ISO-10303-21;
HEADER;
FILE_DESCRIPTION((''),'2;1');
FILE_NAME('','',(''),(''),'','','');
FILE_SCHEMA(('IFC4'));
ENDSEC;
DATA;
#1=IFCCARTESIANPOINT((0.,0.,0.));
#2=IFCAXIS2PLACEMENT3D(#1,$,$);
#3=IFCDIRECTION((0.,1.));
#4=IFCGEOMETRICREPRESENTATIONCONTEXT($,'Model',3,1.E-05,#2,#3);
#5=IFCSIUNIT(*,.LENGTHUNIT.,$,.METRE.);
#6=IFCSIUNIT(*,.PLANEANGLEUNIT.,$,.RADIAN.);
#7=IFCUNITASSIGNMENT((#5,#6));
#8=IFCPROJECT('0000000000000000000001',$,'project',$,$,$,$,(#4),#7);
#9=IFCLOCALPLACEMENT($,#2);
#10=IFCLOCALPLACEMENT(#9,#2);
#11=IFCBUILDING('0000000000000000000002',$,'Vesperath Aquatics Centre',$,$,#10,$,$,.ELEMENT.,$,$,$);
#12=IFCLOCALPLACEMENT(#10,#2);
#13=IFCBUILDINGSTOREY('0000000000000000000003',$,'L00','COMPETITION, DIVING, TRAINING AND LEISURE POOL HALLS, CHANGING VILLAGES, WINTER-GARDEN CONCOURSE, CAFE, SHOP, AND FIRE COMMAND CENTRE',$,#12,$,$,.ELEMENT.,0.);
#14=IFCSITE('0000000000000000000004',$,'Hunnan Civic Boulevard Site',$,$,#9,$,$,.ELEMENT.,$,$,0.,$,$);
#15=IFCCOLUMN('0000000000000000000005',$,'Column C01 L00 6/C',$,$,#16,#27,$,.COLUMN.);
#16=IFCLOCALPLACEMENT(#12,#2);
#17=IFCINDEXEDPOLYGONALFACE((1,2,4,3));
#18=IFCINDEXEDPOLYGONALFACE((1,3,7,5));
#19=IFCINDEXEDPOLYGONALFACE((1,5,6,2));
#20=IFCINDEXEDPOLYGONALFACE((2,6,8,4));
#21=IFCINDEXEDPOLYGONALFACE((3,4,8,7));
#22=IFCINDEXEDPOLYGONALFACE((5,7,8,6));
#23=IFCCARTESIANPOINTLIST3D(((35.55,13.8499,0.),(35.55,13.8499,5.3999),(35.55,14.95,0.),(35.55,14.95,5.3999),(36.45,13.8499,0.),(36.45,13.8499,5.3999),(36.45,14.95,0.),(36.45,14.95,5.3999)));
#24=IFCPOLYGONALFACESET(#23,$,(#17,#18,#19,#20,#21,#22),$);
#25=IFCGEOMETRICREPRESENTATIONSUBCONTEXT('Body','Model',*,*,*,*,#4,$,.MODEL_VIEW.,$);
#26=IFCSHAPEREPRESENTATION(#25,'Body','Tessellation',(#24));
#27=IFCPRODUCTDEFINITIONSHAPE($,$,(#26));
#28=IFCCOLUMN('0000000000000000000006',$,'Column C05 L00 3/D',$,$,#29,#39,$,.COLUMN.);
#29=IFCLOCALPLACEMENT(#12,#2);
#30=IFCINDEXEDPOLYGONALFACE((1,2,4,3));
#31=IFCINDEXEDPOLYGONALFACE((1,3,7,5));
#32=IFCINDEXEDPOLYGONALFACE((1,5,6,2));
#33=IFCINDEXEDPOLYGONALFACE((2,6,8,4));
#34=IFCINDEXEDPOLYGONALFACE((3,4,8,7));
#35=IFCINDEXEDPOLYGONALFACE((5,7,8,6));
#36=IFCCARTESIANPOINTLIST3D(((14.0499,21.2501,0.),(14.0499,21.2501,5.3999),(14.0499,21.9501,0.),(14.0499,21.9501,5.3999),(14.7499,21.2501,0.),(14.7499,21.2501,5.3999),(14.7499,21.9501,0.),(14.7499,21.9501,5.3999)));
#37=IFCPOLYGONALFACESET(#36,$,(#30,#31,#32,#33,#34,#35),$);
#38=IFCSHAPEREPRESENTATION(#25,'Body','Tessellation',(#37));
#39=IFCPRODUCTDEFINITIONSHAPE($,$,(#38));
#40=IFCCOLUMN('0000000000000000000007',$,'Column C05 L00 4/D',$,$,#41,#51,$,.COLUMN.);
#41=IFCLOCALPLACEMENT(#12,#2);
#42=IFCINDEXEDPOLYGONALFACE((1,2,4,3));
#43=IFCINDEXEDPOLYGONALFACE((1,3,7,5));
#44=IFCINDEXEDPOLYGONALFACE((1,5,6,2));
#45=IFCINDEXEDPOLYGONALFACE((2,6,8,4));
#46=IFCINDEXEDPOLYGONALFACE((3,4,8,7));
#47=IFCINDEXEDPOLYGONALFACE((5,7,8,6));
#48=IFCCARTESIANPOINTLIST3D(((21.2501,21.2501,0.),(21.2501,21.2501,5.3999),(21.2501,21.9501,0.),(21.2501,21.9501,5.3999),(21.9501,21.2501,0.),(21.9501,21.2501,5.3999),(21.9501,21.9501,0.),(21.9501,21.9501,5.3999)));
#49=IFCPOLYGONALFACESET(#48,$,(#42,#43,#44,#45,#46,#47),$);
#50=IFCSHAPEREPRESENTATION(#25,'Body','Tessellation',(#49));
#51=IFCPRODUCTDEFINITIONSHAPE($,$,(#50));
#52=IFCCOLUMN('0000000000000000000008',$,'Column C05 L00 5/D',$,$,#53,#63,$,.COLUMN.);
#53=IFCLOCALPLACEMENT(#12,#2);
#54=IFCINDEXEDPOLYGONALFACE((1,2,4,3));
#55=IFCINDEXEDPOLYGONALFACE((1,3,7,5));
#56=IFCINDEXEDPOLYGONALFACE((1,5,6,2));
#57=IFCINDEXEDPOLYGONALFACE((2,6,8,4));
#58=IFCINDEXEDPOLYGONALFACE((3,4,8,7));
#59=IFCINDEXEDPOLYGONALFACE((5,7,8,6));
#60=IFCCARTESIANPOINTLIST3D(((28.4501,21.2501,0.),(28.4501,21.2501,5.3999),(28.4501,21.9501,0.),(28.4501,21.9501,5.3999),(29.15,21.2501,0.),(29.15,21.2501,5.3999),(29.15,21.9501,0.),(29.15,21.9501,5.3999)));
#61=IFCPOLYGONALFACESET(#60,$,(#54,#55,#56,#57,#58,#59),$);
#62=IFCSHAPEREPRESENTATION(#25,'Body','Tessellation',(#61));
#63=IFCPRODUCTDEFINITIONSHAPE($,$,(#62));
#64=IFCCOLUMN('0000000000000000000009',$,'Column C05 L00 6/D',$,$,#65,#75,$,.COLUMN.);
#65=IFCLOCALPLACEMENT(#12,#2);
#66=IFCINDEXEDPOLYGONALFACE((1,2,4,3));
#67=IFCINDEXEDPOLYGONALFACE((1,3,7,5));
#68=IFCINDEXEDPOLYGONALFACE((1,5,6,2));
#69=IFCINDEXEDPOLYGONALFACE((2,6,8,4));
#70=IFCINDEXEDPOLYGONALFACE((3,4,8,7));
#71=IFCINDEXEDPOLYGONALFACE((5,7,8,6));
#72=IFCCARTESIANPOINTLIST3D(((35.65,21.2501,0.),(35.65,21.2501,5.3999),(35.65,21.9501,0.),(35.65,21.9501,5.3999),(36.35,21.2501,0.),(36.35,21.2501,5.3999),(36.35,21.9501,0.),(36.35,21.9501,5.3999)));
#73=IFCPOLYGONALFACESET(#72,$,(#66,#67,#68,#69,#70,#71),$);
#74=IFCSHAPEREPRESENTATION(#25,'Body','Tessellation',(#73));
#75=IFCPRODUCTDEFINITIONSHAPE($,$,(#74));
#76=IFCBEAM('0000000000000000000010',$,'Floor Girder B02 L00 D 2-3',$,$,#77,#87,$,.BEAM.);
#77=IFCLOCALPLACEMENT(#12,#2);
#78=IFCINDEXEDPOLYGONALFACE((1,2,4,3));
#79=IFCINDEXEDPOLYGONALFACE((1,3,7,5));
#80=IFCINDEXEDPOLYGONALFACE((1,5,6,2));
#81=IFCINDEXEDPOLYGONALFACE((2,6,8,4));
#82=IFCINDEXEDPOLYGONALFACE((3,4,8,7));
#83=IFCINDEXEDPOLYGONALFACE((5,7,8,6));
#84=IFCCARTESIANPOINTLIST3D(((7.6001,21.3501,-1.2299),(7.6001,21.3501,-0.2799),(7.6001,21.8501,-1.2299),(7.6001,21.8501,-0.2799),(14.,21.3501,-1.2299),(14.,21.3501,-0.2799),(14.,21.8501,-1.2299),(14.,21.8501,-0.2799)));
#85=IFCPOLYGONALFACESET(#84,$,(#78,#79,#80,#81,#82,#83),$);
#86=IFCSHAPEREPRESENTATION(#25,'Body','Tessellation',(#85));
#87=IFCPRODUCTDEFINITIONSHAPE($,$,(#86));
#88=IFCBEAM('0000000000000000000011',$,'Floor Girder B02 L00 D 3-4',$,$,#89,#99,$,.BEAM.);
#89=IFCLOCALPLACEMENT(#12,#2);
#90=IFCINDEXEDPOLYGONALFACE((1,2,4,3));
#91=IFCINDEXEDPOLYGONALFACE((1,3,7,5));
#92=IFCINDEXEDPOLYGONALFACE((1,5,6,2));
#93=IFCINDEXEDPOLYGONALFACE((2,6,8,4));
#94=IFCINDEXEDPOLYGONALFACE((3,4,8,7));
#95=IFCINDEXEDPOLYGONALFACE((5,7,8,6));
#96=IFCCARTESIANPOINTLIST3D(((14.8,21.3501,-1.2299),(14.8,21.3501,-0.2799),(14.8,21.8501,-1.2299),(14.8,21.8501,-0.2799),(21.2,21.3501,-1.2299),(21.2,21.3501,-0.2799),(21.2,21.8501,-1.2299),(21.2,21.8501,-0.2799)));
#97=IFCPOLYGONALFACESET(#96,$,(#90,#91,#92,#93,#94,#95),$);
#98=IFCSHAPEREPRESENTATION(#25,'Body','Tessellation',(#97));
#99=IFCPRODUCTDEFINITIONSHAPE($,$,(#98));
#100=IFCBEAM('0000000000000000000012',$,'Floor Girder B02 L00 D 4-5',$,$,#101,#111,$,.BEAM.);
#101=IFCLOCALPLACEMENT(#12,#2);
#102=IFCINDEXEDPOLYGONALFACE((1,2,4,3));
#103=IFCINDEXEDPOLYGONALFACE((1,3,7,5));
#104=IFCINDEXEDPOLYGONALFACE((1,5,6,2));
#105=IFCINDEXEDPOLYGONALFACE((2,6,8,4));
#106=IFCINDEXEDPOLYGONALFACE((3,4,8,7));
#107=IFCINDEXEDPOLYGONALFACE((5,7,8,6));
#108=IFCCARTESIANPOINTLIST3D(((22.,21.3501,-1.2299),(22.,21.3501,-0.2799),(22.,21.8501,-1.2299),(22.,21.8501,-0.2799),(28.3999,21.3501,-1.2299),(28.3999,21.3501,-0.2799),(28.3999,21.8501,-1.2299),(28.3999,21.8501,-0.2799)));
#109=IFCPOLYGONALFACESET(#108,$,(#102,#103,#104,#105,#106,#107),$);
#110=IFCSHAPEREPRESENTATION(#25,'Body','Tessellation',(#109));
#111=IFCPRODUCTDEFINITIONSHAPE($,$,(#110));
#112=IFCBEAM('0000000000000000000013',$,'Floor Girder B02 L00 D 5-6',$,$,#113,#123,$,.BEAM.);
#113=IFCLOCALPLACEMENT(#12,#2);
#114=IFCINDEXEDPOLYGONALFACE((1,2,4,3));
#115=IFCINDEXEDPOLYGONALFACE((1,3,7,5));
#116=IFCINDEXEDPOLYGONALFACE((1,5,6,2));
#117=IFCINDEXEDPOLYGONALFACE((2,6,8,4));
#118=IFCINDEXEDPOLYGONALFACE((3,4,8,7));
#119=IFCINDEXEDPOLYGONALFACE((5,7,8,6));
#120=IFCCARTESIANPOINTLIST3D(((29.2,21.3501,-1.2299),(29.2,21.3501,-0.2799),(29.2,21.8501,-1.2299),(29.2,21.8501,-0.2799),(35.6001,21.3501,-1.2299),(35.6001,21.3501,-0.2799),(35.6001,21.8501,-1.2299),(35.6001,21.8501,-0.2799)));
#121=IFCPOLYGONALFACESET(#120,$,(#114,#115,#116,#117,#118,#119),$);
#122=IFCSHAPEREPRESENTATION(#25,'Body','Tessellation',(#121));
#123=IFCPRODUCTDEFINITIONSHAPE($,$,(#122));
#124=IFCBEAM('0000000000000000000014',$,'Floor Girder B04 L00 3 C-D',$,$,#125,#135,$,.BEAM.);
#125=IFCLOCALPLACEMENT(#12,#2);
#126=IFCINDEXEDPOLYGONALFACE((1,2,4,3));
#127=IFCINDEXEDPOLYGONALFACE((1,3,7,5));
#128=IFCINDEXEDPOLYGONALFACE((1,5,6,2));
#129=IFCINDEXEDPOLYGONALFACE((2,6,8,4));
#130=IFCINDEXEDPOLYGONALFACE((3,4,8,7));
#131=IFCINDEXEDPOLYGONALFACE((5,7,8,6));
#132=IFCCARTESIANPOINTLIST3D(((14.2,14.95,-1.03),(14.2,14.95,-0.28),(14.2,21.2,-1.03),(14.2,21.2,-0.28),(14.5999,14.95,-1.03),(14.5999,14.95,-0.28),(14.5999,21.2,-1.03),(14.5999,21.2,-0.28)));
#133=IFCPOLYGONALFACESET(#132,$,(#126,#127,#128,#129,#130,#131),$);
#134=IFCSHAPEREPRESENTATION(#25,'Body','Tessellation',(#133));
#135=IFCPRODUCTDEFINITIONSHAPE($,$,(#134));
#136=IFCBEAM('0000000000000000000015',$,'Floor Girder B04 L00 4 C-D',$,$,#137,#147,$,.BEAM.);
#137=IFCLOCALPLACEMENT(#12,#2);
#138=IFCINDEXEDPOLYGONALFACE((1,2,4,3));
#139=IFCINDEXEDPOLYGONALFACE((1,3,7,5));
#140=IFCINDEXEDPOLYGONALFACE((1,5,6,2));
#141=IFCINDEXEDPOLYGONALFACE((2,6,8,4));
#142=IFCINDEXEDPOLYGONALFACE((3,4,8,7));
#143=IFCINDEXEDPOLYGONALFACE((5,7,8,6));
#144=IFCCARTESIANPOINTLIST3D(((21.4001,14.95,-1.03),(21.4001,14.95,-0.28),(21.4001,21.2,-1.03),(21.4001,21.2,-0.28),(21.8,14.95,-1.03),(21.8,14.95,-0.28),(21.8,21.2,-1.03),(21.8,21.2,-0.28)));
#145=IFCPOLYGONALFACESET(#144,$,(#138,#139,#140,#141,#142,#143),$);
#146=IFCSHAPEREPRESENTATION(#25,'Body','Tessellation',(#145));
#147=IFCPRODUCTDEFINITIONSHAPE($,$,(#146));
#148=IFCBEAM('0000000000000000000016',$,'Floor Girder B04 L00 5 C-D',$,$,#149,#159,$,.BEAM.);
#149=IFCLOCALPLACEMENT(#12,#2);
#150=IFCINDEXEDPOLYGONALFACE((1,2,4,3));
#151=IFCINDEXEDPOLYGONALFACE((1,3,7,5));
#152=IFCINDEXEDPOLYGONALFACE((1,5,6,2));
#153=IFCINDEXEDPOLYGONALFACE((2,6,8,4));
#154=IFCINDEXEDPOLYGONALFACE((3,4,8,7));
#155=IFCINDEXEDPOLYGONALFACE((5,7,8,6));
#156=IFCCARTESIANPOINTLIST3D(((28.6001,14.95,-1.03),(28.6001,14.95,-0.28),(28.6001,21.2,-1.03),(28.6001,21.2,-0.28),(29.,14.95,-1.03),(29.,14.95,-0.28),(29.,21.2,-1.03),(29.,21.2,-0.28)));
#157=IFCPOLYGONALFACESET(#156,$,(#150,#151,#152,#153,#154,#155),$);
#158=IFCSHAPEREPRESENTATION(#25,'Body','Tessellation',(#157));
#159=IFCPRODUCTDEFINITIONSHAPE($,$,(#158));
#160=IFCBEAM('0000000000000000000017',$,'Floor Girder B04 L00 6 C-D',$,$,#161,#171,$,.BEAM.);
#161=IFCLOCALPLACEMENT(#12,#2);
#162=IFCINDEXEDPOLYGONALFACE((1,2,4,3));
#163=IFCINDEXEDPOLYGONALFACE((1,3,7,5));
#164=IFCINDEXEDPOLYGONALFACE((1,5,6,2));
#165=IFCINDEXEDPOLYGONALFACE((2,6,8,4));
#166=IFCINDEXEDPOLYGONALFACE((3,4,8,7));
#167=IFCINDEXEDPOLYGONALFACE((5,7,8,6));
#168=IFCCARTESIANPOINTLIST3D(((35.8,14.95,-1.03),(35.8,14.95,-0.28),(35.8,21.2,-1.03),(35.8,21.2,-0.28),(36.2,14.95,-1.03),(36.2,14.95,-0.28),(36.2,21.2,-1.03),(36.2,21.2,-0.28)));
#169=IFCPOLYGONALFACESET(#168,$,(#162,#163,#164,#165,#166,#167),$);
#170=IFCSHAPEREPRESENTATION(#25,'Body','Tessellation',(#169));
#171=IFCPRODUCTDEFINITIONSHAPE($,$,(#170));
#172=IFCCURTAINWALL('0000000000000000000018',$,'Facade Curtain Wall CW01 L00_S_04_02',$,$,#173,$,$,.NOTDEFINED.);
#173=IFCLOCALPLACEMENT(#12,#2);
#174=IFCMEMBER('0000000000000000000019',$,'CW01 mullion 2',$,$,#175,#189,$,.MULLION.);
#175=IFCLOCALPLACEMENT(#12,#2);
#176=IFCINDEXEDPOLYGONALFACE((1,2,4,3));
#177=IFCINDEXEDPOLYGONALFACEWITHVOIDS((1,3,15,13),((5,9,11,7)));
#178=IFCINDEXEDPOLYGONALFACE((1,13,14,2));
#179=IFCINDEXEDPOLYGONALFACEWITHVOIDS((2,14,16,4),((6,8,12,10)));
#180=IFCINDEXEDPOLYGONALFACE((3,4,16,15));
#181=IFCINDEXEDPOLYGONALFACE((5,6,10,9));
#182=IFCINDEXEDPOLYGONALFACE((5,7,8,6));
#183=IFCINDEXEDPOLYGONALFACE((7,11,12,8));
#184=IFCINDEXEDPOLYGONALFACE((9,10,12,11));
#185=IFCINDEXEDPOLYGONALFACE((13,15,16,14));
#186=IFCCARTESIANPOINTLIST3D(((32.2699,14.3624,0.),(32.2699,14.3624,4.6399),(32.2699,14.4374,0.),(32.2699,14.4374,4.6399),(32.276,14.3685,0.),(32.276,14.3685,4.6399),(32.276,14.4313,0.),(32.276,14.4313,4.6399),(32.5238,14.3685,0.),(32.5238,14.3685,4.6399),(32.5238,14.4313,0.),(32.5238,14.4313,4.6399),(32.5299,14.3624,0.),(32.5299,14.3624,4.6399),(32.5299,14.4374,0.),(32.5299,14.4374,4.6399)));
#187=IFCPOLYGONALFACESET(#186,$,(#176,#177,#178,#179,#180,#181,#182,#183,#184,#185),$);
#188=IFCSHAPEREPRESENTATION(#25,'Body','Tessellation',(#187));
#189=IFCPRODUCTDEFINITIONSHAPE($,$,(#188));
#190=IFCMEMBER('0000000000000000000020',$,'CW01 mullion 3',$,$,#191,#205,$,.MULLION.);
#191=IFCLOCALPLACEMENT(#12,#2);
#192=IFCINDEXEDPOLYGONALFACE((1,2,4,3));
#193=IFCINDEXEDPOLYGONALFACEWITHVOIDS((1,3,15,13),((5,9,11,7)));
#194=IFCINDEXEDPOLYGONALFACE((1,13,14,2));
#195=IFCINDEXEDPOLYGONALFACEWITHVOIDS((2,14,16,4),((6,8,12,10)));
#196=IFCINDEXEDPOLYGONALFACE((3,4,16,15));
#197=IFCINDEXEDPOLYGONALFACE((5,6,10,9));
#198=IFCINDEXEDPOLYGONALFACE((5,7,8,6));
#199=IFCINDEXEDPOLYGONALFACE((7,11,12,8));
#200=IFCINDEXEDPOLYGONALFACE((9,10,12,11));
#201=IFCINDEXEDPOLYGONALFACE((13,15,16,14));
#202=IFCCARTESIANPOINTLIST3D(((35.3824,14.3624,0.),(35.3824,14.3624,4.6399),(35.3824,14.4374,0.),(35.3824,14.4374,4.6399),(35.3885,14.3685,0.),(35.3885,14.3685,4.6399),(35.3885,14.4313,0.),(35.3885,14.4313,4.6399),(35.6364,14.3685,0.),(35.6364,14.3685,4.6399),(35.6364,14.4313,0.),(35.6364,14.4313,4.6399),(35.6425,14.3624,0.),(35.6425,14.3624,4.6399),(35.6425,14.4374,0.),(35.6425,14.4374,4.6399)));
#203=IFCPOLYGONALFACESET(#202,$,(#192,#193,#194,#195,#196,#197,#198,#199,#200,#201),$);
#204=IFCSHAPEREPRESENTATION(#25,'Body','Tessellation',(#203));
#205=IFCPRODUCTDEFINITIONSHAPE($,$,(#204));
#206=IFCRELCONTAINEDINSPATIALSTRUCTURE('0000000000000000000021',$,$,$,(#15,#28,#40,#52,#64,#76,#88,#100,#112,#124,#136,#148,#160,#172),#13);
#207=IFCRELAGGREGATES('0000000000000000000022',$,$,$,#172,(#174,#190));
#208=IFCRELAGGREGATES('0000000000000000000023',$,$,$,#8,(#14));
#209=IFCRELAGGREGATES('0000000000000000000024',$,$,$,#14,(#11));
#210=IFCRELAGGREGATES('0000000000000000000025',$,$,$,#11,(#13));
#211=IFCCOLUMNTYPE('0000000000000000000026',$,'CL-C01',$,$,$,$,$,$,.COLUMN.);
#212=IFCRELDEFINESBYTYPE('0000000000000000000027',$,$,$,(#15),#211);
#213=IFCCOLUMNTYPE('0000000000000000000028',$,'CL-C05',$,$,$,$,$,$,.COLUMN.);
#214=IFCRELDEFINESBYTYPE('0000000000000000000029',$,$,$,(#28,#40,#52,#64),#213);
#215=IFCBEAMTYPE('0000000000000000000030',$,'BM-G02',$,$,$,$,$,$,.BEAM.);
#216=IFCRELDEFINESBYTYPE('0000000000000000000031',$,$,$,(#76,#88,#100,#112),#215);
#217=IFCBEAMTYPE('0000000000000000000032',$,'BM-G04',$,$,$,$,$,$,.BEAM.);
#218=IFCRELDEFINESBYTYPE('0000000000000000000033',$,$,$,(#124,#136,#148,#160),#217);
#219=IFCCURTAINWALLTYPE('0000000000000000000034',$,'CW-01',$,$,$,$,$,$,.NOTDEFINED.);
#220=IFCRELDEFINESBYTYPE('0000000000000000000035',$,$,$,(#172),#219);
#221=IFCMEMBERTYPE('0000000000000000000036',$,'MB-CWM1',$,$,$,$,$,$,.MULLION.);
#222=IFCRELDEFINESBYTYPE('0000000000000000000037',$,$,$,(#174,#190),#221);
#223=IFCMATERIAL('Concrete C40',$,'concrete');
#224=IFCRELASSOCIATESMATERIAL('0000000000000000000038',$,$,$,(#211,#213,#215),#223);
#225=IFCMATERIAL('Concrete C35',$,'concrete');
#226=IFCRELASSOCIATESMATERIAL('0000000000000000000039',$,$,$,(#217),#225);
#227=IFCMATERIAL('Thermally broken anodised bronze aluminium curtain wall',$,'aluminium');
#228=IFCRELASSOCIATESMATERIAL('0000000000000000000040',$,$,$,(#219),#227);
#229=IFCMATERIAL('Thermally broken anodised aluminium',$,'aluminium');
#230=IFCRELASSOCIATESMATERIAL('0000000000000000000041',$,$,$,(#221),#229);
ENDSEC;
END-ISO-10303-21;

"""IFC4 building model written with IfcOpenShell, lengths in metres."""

from ifc_helpers import new_model, si_unit, direction, frame, origin, origin_2d, place, context, subcontext, project, spatial, rectangle, hollow_rectangle, extrude, material, material_profile, profile_set, type_object, element, aggregate, save


model = new_model("IFC4")

# Units and contexts
model_context = context("Model", 3, precision=1e-05, world=origin(), true_north=direction((0.0, 1.0)))
body_context = subcontext(model_context, "Body", "Model", "MODEL_VIEW")
ifc_project = project(units=[si_unit("LENGTHUNIT", "METRE"), si_unit("PLANEANGLEUNIT", "RADIAN")], contexts=[model_context])

# Site, building, storey
site_placement = place(None, origin())
site = spatial("IfcSite", under=ifc_project, at=site_placement, Name="Hunnan Civic Boulevard Site", CompositionType="ELEMENT", RefElevation=0.0)
building_placement = place(site_placement, origin())
building = spatial("IfcBuilding", under=site, at=building_placement, Name="Vesperath Aquatics Centre", CompositionType="ELEMENT")
storey_placement = place(building_placement, origin())
storey = spatial("IfcBuildingStorey", under=building, at=storey_placement, Name="L00", Description="COMPETITION, DIVING, TRAINING AND LEISURE POOL HALLS, CHANGING VILLAGES, WINTER-GARDEN CONCOURSE, CAFE, SHOP, AND FIRE COMMAND CENTRE", CompositionType="ELEMENT", Elevation=0.0)

# Columns
ifc_material_1 = material(Name="Concrete C40", Category="concrete")
ifc_material_profile_1 = material_profile(ifc_material_1, rectangle(XDim=0.8999, YDim=1.1001, at=origin_2d()), Name="RC 1100x900")
ifc_profile_set_1 = profile_set([ifc_material_profile_1], Name="Concrete C40")
column_type_1 = type_object("IfcColumnType", Name="CL-C01", PredefinedType="COLUMN", material=ifc_profile_set_1)
column_placement = place(storey_placement, frame((36.0, 14.3999, 0.0), z_axis=(0.0, 0.0, 1.0), x_axis=(1.0, 0.0, 0.0)))
element("IfcColumn", 1, at=column_placement, inside=storey, type_object=column_type_1, Name="Column C01 L00 6/C", PredefinedType="COLUMN", context=body_context, shape_type="SweptSolid", body=[
    extrude(rectangle(XDim=0.8999, YDim=1.1001, at=origin_2d()), origin(), (0.0, 0.0, 1.0), 5.3999),
])
ifc_material_profile_2 = material_profile(ifc_material_1, rectangle(XDim=0.7, YDim=0.7, at=origin_2d()), Name="RC 700x700")
ifc_profile_set_2 = profile_set([ifc_material_profile_2], Name="Concrete C40")
column_type_2 = type_object("IfcColumnType", Name="CL-C05", PredefinedType="COLUMN", material=ifc_profile_set_2)
for number, where, z_axis, x_axis, name in (
    (2, (14.3999, 21.6001, 0.0), (0.0, 0.0, 1.0), (1.0, 0.0, 0.0), "Column C05 L00 3/D"),
    (3, (21.6001, 21.6001, 0.0), (0.0, 0.0, 1.0), (1.0, 0.0, 0.0), "Column C05 L00 4/D"),
    (4, (28.8, 21.6001, 0.0), (0.0, 0.0, 1.0), (1.0, 0.0, 0.0), "Column C05 L00 5/D"),
    (5, (36.0, 21.6001, 0.0), (0.0, 0.0, 1.0), (1.0, 0.0, 0.0), "Column C05 L00 6/D"),
):
    element("IfcColumn", number, at=place(storey_placement, frame(where, z_axis=z_axis, x_axis=x_axis)), inside=storey, type_object=column_type_2, Name=name, PredefinedType="COLUMN", context=body_context, shape_type="SweptSolid", body=[
        extrude(rectangle(XDim=0.7, YDim=0.7, at=origin_2d()), origin(), (0.0, 0.0, 1.0), 5.3999),
    ])

# Beams
ifc_material_profile_3 = material_profile(ifc_material_1, rectangle(XDim=0.5, YDim=0.95, at=origin_2d()), Name="RC 500x950")
ifc_profile_set_3 = profile_set([ifc_material_profile_3], Name="Concrete C40")
beam_type_1 = type_object("IfcBeamType", Name="BM-G02", PredefinedType="BEAM", material=ifc_profile_set_3)
for number, where, z_axis, x_axis, name in (
    (6, (7.6001, 21.6001, -0.7549), (1.0, 0.0, 0.0), (0.0, 1.0, 0.0), "Floor Girder B02 L00 D 2-3"),
    (7, (14.8, 21.6001, -0.7549), (1.0, 0.0, 0.0), (0.0, 1.0, 0.0), "Floor Girder B02 L00 D 3-4"),
    (8, (22.0, 21.6001, -0.7549), (1.0, 0.0, 0.0), (0.0, 1.0, 0.0), "Floor Girder B02 L00 D 4-5"),
):
    element("IfcBeam", number, at=place(storey_placement, frame(where, z_axis=z_axis, x_axis=x_axis)), inside=storey, type_object=beam_type_1, Name=name, PredefinedType="BEAM", context=body_context, shape_type="SweptSolid", body=[
        extrude(rectangle(XDim=0.5, YDim=0.95, at=origin_2d()), origin(), (0.0, 0.0, 1.0), 6.3999),
    ])
beam_placement = place(storey_placement, frame((29.2, 21.6001, -0.7549), z_axis=(1.0, 0.0, 0.0), x_axis=(0.0, 1.0, 0.0)))
element("IfcBeam", 9, at=beam_placement, inside=storey, type_object=beam_type_1, Name="Floor Girder B02 L00 D 5-6", PredefinedType="BEAM", context=body_context, shape_type="SweptSolid", body=[
    extrude(rectangle(XDim=0.5, YDim=0.95, at=origin_2d()), origin(), (0.0, 0.0, 1.0), 6.4001),
])
ifc_material_2 = material(Name="Concrete C35", Category="concrete")
ifc_material_profile_4 = material_profile(ifc_material_2, rectangle(XDim=0.3999, YDim=0.75, at=origin_2d()), Name="RC 400x750")
ifc_profile_set_4 = profile_set([ifc_material_profile_4], Name="Concrete C35")
beam_type_2 = type_object("IfcBeamType", Name="BM-G04", PredefinedType="BEAM", material=ifc_profile_set_4)
for number, where, z_axis, x_axis, name in (
    (10, (14.3999, 14.95, -0.655), (0.0, 1.0, 0.0), (-1.0, 0.0, 0.0), "Floor Girder B04 L00 3 C-D"),
    (11, (21.6001, 14.95, -0.655), (0.0, 1.0, 0.0), (-1.0, 0.0, 0.0), "Floor Girder B04 L00 4 C-D"),
    (12, (28.8, 14.95, -0.655), (0.0, 1.0, 0.0), (-1.0, 0.0, 0.0), "Floor Girder B04 L00 5 C-D"),
    (13, (36.0, 14.95, -0.655), (0.0, 1.0, 0.0), (-1.0, 0.0, 0.0), "Floor Girder B04 L00 6 C-D"),
):
    element("IfcBeam", number, at=place(storey_placement, frame(where, z_axis=z_axis, x_axis=x_axis)), inside=storey, type_object=beam_type_2, Name=name, PredefinedType="BEAM", context=body_context, shape_type="SweptSolid", body=[
        extrude(rectangle(XDim=0.3999, YDim=0.75, at=origin_2d()), origin(), (0.0, 0.0, 1.0), 6.25),
    ])

# Curtain wall, members
ifc_material_3 = material(Name="Thermally broken anodised bronze aluminium curtain wall", Category="aluminium")
curtain_wall_type = type_object("IfcCurtainWallType", Name="CW-01", PredefinedType="NOTDEFINED", material=ifc_material_3)
curtain_wall_placement = place(storey_placement, origin())
curtain_wall = element("IfcCurtainWall", 14, at=curtain_wall_placement, inside=storey, type_object=curtain_wall_type, Name="Facade Curtain Wall CW01 L00_S_04_02", PredefinedType="NOTDEFINED")
ifc_material_4 = material(Name="Thermally broken anodised aluminium", Category="aluminium")
ifc_material_profile_5 = material_profile(ifc_material_4, hollow_rectangle(XDim=0.075, YDim=0.26, WallThickness=0.0061, at=origin_2d()), Name="CWM 75x260x6")
ifc_profile_set_5 = profile_set([ifc_material_profile_5], Name="Thermally broken anodised aluminium")
member_type_1 = type_object("IfcMemberType", Name="MB-CWM1", PredefinedType="MULLION", material=ifc_profile_set_5)
member_1_placement = place(storey_placement, frame((32.3999, 14.3999, 0.0), z_axis=(0.0, 0.0, 1.0), x_axis=(0.0, 1.0, 0.0)))
member_1 = element("IfcMember", 15, at=member_1_placement, type_object=member_type_1, Name="CW01 mullion 2", PredefinedType="MULLION", context=body_context, shape_type="SweptSolid", body=[
    extrude(hollow_rectangle(XDim=0.075, YDim=0.26, WallThickness=0.0061, at=origin_2d()), origin(), (0.0, 0.0, 1.0), 4.6399),
])
member_2_placement = place(storey_placement, frame((35.5125, 14.3999, 0.0), z_axis=(0.0, 0.0, 1.0), x_axis=(0.0, 1.0, 0.0)))
member_2 = element("IfcMember", 16, at=member_2_placement, type_object=member_type_1, Name="CW01 mullion 3", PredefinedType="MULLION", context=body_context, shape_type="SweptSolid", body=[
    extrude(hollow_rectangle(XDim=0.075, YDim=0.26, WallThickness=0.0061, at=origin_2d()), origin(), (0.0, 0.0, 1.0), 4.6399),
])
aggregate(curtain_wall, [member_1, member_2])

save(model, "model.ifc")
